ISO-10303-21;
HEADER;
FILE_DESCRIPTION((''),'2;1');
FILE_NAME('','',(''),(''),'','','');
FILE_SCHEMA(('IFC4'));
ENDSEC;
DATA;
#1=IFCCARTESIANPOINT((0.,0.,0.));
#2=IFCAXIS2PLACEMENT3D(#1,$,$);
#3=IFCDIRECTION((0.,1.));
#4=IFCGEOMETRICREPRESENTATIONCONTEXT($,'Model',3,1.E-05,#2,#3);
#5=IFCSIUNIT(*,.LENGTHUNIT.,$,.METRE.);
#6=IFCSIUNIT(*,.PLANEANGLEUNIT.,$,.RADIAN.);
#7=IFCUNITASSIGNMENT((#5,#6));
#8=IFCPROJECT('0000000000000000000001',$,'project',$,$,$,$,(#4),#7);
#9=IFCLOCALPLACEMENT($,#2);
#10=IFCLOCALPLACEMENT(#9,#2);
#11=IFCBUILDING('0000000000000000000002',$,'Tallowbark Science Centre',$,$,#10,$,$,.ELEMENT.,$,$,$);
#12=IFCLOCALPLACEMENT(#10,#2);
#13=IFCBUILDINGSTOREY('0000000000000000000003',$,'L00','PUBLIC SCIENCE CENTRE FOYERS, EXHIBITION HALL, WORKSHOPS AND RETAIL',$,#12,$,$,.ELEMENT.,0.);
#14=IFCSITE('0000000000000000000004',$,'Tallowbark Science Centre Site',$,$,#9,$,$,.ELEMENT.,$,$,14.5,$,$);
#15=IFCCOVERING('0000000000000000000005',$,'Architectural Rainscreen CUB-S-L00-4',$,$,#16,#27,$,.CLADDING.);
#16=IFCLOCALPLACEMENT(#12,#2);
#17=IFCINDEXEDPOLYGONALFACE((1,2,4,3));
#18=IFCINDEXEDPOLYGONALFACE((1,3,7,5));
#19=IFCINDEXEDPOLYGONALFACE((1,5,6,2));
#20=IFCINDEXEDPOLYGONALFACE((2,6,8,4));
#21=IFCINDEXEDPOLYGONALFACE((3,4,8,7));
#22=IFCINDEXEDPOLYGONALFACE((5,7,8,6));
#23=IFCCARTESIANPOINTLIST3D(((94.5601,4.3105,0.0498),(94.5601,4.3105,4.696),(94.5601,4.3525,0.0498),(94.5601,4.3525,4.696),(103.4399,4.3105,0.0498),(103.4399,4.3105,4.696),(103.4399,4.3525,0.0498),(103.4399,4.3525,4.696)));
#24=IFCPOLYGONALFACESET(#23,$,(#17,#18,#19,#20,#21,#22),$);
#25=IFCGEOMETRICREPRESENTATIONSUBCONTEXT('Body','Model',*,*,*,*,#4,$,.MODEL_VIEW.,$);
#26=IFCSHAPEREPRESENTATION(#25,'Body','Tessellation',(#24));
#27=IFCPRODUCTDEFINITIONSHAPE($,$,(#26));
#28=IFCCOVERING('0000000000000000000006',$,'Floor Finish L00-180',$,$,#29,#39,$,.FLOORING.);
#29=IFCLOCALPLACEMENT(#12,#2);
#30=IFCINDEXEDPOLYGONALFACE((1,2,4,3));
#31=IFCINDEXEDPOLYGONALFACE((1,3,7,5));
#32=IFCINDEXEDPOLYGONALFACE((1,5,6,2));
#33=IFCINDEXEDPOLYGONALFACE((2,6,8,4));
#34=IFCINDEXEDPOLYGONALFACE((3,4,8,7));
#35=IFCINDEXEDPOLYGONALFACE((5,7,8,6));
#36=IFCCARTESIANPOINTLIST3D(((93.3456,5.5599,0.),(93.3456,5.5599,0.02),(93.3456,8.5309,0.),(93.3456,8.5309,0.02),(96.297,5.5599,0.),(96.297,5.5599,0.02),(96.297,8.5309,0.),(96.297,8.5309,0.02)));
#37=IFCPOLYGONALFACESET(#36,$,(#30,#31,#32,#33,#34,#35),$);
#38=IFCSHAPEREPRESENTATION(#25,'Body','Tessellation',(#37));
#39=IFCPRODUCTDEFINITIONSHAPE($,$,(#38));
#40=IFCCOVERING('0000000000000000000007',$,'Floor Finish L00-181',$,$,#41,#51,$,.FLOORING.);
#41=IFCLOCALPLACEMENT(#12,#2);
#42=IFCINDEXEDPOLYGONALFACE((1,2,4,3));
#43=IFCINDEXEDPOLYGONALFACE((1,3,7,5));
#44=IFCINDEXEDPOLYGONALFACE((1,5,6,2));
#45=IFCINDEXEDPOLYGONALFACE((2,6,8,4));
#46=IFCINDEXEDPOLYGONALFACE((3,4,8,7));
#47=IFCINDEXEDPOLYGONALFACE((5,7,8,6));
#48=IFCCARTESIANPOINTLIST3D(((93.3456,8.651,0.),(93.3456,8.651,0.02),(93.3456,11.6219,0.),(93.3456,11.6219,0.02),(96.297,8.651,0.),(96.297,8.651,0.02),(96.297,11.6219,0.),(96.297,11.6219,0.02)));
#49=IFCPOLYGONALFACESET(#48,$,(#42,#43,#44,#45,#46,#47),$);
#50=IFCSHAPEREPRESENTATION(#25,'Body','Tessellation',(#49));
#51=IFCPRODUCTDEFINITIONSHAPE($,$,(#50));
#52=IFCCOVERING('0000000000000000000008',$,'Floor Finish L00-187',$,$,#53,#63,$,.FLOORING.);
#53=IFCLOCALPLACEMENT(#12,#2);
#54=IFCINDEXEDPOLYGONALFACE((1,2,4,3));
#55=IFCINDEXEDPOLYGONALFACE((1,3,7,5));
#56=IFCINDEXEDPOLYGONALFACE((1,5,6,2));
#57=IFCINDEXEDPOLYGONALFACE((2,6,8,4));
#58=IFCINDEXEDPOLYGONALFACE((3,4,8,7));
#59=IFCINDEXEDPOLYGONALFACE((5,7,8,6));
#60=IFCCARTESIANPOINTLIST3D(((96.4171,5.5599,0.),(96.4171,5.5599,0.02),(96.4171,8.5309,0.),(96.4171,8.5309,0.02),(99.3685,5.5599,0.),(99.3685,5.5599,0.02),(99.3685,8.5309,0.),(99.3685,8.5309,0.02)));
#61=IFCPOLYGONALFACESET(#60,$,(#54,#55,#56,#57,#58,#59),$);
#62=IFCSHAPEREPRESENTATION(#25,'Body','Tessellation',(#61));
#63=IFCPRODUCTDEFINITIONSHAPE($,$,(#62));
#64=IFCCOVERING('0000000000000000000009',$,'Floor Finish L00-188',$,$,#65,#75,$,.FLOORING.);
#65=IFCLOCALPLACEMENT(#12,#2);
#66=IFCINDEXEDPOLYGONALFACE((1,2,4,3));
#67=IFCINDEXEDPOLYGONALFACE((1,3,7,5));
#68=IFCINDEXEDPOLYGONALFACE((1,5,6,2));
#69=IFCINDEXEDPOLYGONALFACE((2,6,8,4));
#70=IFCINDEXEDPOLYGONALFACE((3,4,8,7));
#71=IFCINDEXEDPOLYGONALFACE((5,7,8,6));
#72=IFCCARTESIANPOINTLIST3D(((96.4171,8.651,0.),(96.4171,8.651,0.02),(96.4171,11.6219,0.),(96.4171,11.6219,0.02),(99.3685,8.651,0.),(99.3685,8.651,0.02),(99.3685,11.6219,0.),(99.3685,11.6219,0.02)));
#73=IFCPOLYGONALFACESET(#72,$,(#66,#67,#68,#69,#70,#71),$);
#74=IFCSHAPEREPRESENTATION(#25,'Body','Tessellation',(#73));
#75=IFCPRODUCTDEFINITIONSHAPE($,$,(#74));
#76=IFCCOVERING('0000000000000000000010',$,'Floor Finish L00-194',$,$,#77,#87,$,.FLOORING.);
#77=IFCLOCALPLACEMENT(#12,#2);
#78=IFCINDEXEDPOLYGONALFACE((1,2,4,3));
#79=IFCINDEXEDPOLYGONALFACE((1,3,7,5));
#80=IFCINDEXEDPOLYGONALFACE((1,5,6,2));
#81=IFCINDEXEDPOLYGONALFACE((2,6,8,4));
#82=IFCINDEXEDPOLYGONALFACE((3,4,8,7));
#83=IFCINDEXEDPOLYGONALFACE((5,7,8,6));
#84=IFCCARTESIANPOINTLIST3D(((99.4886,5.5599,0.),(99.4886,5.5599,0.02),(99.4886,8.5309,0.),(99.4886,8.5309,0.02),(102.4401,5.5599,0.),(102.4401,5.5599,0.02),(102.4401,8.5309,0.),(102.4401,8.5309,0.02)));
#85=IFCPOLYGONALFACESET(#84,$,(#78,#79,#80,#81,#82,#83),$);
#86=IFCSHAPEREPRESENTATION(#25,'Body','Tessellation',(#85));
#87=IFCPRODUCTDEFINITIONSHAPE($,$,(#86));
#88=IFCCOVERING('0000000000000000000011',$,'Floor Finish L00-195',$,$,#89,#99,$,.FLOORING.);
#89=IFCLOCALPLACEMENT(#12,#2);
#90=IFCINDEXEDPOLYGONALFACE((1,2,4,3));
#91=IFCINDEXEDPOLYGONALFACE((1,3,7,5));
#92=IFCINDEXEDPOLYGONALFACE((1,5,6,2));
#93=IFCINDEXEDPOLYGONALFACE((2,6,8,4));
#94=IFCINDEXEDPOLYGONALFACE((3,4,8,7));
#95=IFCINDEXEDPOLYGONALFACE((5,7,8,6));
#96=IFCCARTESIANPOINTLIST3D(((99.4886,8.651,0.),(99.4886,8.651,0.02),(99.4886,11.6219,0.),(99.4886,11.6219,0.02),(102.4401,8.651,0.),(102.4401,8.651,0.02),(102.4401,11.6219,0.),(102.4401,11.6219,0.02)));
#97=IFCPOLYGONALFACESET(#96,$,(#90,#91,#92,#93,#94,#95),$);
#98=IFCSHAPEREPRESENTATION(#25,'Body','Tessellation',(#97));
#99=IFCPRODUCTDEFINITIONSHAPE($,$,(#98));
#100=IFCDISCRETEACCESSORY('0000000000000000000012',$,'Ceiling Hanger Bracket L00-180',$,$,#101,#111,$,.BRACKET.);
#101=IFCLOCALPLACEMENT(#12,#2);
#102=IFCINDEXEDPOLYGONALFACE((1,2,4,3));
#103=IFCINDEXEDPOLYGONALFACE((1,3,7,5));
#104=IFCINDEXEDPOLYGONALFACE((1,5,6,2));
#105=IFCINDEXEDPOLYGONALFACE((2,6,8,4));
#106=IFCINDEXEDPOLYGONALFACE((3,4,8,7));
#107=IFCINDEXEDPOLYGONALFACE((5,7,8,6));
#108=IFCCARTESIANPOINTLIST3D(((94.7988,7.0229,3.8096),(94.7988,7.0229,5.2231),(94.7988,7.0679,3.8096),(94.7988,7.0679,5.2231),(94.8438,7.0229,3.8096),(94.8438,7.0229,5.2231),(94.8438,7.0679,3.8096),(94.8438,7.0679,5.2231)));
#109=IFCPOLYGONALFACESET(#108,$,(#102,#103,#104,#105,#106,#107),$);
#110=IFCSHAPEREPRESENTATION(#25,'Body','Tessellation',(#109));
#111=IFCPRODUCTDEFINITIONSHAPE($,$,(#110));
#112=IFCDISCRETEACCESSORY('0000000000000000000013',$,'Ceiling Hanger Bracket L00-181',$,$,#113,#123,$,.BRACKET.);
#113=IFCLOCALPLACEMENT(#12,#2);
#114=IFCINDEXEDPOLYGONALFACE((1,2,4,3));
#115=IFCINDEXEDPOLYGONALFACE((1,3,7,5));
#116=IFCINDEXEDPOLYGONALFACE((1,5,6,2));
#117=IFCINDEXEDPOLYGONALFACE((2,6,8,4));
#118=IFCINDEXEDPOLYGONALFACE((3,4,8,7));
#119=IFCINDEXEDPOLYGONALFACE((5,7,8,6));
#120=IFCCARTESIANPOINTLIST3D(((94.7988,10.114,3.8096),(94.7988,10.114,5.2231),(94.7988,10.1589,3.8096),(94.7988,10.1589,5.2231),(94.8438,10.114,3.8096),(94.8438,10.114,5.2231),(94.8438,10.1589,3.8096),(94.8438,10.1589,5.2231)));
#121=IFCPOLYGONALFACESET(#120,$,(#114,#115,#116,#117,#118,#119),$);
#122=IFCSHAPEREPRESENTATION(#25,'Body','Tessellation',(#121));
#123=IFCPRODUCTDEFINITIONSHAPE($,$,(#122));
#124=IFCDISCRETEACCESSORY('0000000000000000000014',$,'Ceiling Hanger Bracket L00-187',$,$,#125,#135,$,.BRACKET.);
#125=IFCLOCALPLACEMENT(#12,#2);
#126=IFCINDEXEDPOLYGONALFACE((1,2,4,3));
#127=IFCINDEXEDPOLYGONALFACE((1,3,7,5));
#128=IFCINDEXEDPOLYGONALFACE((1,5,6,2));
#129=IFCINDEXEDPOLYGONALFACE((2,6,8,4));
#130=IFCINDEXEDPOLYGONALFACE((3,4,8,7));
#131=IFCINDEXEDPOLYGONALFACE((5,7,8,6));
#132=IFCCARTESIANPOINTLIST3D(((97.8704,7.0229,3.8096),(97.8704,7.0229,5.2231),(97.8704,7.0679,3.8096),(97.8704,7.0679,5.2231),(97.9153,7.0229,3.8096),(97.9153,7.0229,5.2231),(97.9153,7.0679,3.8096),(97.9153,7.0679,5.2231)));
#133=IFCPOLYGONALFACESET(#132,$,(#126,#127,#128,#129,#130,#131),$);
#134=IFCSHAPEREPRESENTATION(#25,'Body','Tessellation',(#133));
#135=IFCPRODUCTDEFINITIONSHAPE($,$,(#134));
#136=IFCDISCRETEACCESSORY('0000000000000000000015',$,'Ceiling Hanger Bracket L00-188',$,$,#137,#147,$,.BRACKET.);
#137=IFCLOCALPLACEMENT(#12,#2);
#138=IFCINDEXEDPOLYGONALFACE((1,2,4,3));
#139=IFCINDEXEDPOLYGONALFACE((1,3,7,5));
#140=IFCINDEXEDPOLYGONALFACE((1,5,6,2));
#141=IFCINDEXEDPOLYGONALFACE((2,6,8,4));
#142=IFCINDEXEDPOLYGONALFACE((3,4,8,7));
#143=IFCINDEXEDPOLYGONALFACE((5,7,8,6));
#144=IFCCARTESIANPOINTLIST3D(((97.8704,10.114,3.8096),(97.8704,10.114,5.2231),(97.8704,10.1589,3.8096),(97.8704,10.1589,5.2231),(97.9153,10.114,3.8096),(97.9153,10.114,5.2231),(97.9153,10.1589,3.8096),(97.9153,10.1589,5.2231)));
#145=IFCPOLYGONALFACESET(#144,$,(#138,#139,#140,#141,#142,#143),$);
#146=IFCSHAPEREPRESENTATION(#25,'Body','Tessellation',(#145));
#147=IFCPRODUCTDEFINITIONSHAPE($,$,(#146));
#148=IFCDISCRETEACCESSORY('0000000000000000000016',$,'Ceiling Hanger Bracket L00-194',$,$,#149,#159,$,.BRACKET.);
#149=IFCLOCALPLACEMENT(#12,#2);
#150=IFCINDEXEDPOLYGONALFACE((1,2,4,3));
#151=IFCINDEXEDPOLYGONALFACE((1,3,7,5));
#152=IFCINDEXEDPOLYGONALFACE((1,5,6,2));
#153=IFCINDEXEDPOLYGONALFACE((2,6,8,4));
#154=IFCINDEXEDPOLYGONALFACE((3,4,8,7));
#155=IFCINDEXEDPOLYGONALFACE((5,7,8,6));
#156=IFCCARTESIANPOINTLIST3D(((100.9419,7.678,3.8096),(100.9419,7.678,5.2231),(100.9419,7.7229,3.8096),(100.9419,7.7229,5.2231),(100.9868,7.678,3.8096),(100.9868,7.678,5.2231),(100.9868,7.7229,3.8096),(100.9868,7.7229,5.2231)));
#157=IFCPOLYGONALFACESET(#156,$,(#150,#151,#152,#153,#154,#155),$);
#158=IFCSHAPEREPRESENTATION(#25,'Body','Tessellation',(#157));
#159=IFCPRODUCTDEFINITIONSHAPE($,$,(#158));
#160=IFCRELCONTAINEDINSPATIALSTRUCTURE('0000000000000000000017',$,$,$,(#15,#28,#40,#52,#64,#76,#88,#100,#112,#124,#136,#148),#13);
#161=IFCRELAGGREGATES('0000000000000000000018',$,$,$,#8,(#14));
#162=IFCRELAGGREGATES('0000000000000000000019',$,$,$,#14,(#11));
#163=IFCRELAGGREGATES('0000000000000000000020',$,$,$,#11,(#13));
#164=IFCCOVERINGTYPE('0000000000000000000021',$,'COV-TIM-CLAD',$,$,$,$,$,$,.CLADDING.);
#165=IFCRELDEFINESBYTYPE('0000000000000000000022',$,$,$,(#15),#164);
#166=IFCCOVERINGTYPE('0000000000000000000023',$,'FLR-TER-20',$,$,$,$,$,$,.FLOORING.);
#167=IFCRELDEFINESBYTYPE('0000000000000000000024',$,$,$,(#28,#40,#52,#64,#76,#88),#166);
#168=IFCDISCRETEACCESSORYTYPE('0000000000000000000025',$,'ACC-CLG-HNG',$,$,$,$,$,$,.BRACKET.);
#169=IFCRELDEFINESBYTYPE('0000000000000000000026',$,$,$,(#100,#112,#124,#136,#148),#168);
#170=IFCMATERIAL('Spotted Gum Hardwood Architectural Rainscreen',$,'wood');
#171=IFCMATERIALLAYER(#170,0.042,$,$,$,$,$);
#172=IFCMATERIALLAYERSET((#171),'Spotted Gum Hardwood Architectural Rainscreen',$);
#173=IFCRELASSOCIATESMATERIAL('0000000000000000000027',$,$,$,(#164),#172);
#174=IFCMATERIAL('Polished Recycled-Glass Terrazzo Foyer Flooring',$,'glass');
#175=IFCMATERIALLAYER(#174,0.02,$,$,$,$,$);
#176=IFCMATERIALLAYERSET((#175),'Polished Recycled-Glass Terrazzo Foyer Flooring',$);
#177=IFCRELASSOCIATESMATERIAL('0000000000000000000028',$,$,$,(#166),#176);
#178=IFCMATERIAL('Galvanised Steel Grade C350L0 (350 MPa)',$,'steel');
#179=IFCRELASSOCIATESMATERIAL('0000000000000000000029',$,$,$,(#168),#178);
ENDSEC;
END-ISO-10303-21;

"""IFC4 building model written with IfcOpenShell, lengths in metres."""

from ifc_helpers import new_model, si_unit, direction, frame, origin, origin_2d, place, context, subcontext, project, spatial, rectangle, extrude, material, layer, layer_set, type_object, element, save


model = new_model("IFC4")

# Units and contexts
model_context = context("Model", 3, precision=1e-05, world=origin(), true_north=direction((0.0, 1.0)))
body_context = subcontext(model_context, "Body", "Model", "MODEL_VIEW")
ifc_project = project(units=[si_unit("LENGTHUNIT", "METRE"), si_unit("PLANEANGLEUNIT", "RADIAN")], contexts=[model_context])

# Site, building, storey
site_placement = place(None, origin())
site = spatial("IfcSite", under=ifc_project, at=site_placement, Name="Tallowbark Science Centre Site", CompositionType="ELEMENT", RefElevation=14.5)
building_placement = place(site_placement, origin())
building = spatial("IfcBuilding", under=site, at=building_placement, Name="Tallowbark Science Centre", CompositionType="ELEMENT")
storey_placement = place(building_placement, origin())
storey = spatial("IfcBuildingStorey", under=building, at=storey_placement, Name="L00", Description="PUBLIC SCIENCE CENTRE FOYERS, EXHIBITION HALL, WORKSHOPS AND RETAIL", CompositionType="ELEMENT", Elevation=0.0)

# Coverings
ifc_material_1 = material(Name="Spotted Gum Hardwood Architectural Rainscreen", Category="wood")
ifc_layer_1 = layer(ifc_material_1, 0.042)
ifc_layer_set_1 = layer_set([ifc_layer_1], Name="Spotted Gum Hardwood Architectural Rainscreen")
covering_type_1 = type_object("IfcCoveringType", Name="COV-TIM-CLAD", PredefinedType="CLADDING", material=ifc_layer_set_1)
covering_placement = place(storey_placement, frame((99.0, 4.3315, 0.0498), z_axis=(0.0, 0.0, 1.0), x_axis=(1.0, 0.0, 0.0)))
element("IfcCovering", 1, at=covering_placement, inside=storey, type_object=covering_type_1, Name="Architectural Rainscreen CUB-S-L00-4", PredefinedType="CLADDING", context=body_context, shape_type="SweptSolid", body=[
    extrude(rectangle(XDim=8.8799, YDim=0.042, at=origin_2d()), origin(), (0.0, 0.0, 1.0), 4.6462),
])
ifc_material_2 = material(Name="Polished Recycled-Glass Terrazzo Foyer Flooring", Category="glass")
ifc_layer_2 = layer(ifc_material_2, 0.02)
ifc_layer_set_2 = layer_set([ifc_layer_2], Name="Polished Recycled-Glass Terrazzo Foyer Flooring")
covering_type_2 = type_object("IfcCoveringType", Name="FLR-TER-20", PredefinedType="FLOORING", material=ifc_layer_set_2)
for number, where, z_axis, x_axis, name in (
    (2, (94.8213, 7.0454, 0.0), (0.0, 0.0, 1.0), (1.0, 0.0, 0.0), "Floor Finish L00-180"),
    (3, (94.8213, 10.1365, 0.0), (0.0, 0.0, 1.0), (1.0, 0.0, 0.0), "Floor Finish L00-181"),
    (4, (97.8928, 7.0454, 0.0), (0.0, 0.0, 1.0), (1.0, 0.0, 0.0), "Floor Finish L00-187"),
    (5, (97.8928, 10.1365, 0.0), (0.0, 0.0, 1.0), (1.0, 0.0, 0.0), "Floor Finish L00-188"),
    (6, (100.9644, 7.0454, 0.0), (0.0, 0.0, 1.0), (1.0, 0.0, 0.0), "Floor Finish L00-194"),
    (7, (100.9644, 10.1365, 0.0), (0.0, 0.0, 1.0), (1.0, 0.0, 0.0), "Floor Finish L00-195"),
):
    element("IfcCovering", number, at=place(storey_placement, frame(where, z_axis=z_axis, x_axis=x_axis)), inside=storey, type_object=covering_type_2, Name=name, PredefinedType="FLOORING", context=body_context, shape_type="SweptSolid", body=[
        extrude(rectangle(XDim=2.9514, YDim=2.9709, at=origin_2d()), origin(), (0.0, 0.0, 1.0), 0.02),
    ])

# Discrete accessories
ifc_material_3 = material(Name="Galvanised Steel Grade C350L0 (350 MPa)", Category="steel")
discrete_accessory_type = type_object("IfcDiscreteAccessoryType", Name="ACC-CLG-HNG", PredefinedType="BRACKET", material=ifc_material_3)
for number, where, z_axis, x_axis, name in (
    (8, (94.8213, 7.0454, 3.8096), (0.0, 0.0, 1.0), (1.0, 0.0, 0.0), "Ceiling Hanger Bracket L00-180"),
    (9, (94.8213, 10.1365, 3.8096), (0.0, 0.0, 1.0), (1.0, 0.0, 0.0), "Ceiling Hanger Bracket L00-181"),
    (10, (97.8928, 7.0454, 3.8096), (0.0, 0.0, 1.0), (1.0, 0.0, 0.0), "Ceiling Hanger Bracket L00-187"),
    (11, (97.8928, 10.1365, 3.8096), (0.0, 0.0, 1.0), (1.0, 0.0, 0.0), "Ceiling Hanger Bracket L00-188"),
    (12, (100.9644, 7.7004, 3.8096), (0.0, 0.0, 1.0), (1.0, 0.0, 0.0), "Ceiling Hanger Bracket L00-194"),
):
    element("IfcDiscreteAccessory", number, at=place(storey_placement, frame(where, z_axis=z_axis, x_axis=x_axis)), inside=storey, type_object=discrete_accessory_type, Name=name, PredefinedType="BRACKET", context=body_context, shape_type="SweptSolid", body=[
        extrude(rectangle(XDim=0.0449, YDim=0.0449, at=origin_2d()), origin(), (0.0, 0.0, 1.0), 1.4136),
    ])

save(model, "model.ifc")
